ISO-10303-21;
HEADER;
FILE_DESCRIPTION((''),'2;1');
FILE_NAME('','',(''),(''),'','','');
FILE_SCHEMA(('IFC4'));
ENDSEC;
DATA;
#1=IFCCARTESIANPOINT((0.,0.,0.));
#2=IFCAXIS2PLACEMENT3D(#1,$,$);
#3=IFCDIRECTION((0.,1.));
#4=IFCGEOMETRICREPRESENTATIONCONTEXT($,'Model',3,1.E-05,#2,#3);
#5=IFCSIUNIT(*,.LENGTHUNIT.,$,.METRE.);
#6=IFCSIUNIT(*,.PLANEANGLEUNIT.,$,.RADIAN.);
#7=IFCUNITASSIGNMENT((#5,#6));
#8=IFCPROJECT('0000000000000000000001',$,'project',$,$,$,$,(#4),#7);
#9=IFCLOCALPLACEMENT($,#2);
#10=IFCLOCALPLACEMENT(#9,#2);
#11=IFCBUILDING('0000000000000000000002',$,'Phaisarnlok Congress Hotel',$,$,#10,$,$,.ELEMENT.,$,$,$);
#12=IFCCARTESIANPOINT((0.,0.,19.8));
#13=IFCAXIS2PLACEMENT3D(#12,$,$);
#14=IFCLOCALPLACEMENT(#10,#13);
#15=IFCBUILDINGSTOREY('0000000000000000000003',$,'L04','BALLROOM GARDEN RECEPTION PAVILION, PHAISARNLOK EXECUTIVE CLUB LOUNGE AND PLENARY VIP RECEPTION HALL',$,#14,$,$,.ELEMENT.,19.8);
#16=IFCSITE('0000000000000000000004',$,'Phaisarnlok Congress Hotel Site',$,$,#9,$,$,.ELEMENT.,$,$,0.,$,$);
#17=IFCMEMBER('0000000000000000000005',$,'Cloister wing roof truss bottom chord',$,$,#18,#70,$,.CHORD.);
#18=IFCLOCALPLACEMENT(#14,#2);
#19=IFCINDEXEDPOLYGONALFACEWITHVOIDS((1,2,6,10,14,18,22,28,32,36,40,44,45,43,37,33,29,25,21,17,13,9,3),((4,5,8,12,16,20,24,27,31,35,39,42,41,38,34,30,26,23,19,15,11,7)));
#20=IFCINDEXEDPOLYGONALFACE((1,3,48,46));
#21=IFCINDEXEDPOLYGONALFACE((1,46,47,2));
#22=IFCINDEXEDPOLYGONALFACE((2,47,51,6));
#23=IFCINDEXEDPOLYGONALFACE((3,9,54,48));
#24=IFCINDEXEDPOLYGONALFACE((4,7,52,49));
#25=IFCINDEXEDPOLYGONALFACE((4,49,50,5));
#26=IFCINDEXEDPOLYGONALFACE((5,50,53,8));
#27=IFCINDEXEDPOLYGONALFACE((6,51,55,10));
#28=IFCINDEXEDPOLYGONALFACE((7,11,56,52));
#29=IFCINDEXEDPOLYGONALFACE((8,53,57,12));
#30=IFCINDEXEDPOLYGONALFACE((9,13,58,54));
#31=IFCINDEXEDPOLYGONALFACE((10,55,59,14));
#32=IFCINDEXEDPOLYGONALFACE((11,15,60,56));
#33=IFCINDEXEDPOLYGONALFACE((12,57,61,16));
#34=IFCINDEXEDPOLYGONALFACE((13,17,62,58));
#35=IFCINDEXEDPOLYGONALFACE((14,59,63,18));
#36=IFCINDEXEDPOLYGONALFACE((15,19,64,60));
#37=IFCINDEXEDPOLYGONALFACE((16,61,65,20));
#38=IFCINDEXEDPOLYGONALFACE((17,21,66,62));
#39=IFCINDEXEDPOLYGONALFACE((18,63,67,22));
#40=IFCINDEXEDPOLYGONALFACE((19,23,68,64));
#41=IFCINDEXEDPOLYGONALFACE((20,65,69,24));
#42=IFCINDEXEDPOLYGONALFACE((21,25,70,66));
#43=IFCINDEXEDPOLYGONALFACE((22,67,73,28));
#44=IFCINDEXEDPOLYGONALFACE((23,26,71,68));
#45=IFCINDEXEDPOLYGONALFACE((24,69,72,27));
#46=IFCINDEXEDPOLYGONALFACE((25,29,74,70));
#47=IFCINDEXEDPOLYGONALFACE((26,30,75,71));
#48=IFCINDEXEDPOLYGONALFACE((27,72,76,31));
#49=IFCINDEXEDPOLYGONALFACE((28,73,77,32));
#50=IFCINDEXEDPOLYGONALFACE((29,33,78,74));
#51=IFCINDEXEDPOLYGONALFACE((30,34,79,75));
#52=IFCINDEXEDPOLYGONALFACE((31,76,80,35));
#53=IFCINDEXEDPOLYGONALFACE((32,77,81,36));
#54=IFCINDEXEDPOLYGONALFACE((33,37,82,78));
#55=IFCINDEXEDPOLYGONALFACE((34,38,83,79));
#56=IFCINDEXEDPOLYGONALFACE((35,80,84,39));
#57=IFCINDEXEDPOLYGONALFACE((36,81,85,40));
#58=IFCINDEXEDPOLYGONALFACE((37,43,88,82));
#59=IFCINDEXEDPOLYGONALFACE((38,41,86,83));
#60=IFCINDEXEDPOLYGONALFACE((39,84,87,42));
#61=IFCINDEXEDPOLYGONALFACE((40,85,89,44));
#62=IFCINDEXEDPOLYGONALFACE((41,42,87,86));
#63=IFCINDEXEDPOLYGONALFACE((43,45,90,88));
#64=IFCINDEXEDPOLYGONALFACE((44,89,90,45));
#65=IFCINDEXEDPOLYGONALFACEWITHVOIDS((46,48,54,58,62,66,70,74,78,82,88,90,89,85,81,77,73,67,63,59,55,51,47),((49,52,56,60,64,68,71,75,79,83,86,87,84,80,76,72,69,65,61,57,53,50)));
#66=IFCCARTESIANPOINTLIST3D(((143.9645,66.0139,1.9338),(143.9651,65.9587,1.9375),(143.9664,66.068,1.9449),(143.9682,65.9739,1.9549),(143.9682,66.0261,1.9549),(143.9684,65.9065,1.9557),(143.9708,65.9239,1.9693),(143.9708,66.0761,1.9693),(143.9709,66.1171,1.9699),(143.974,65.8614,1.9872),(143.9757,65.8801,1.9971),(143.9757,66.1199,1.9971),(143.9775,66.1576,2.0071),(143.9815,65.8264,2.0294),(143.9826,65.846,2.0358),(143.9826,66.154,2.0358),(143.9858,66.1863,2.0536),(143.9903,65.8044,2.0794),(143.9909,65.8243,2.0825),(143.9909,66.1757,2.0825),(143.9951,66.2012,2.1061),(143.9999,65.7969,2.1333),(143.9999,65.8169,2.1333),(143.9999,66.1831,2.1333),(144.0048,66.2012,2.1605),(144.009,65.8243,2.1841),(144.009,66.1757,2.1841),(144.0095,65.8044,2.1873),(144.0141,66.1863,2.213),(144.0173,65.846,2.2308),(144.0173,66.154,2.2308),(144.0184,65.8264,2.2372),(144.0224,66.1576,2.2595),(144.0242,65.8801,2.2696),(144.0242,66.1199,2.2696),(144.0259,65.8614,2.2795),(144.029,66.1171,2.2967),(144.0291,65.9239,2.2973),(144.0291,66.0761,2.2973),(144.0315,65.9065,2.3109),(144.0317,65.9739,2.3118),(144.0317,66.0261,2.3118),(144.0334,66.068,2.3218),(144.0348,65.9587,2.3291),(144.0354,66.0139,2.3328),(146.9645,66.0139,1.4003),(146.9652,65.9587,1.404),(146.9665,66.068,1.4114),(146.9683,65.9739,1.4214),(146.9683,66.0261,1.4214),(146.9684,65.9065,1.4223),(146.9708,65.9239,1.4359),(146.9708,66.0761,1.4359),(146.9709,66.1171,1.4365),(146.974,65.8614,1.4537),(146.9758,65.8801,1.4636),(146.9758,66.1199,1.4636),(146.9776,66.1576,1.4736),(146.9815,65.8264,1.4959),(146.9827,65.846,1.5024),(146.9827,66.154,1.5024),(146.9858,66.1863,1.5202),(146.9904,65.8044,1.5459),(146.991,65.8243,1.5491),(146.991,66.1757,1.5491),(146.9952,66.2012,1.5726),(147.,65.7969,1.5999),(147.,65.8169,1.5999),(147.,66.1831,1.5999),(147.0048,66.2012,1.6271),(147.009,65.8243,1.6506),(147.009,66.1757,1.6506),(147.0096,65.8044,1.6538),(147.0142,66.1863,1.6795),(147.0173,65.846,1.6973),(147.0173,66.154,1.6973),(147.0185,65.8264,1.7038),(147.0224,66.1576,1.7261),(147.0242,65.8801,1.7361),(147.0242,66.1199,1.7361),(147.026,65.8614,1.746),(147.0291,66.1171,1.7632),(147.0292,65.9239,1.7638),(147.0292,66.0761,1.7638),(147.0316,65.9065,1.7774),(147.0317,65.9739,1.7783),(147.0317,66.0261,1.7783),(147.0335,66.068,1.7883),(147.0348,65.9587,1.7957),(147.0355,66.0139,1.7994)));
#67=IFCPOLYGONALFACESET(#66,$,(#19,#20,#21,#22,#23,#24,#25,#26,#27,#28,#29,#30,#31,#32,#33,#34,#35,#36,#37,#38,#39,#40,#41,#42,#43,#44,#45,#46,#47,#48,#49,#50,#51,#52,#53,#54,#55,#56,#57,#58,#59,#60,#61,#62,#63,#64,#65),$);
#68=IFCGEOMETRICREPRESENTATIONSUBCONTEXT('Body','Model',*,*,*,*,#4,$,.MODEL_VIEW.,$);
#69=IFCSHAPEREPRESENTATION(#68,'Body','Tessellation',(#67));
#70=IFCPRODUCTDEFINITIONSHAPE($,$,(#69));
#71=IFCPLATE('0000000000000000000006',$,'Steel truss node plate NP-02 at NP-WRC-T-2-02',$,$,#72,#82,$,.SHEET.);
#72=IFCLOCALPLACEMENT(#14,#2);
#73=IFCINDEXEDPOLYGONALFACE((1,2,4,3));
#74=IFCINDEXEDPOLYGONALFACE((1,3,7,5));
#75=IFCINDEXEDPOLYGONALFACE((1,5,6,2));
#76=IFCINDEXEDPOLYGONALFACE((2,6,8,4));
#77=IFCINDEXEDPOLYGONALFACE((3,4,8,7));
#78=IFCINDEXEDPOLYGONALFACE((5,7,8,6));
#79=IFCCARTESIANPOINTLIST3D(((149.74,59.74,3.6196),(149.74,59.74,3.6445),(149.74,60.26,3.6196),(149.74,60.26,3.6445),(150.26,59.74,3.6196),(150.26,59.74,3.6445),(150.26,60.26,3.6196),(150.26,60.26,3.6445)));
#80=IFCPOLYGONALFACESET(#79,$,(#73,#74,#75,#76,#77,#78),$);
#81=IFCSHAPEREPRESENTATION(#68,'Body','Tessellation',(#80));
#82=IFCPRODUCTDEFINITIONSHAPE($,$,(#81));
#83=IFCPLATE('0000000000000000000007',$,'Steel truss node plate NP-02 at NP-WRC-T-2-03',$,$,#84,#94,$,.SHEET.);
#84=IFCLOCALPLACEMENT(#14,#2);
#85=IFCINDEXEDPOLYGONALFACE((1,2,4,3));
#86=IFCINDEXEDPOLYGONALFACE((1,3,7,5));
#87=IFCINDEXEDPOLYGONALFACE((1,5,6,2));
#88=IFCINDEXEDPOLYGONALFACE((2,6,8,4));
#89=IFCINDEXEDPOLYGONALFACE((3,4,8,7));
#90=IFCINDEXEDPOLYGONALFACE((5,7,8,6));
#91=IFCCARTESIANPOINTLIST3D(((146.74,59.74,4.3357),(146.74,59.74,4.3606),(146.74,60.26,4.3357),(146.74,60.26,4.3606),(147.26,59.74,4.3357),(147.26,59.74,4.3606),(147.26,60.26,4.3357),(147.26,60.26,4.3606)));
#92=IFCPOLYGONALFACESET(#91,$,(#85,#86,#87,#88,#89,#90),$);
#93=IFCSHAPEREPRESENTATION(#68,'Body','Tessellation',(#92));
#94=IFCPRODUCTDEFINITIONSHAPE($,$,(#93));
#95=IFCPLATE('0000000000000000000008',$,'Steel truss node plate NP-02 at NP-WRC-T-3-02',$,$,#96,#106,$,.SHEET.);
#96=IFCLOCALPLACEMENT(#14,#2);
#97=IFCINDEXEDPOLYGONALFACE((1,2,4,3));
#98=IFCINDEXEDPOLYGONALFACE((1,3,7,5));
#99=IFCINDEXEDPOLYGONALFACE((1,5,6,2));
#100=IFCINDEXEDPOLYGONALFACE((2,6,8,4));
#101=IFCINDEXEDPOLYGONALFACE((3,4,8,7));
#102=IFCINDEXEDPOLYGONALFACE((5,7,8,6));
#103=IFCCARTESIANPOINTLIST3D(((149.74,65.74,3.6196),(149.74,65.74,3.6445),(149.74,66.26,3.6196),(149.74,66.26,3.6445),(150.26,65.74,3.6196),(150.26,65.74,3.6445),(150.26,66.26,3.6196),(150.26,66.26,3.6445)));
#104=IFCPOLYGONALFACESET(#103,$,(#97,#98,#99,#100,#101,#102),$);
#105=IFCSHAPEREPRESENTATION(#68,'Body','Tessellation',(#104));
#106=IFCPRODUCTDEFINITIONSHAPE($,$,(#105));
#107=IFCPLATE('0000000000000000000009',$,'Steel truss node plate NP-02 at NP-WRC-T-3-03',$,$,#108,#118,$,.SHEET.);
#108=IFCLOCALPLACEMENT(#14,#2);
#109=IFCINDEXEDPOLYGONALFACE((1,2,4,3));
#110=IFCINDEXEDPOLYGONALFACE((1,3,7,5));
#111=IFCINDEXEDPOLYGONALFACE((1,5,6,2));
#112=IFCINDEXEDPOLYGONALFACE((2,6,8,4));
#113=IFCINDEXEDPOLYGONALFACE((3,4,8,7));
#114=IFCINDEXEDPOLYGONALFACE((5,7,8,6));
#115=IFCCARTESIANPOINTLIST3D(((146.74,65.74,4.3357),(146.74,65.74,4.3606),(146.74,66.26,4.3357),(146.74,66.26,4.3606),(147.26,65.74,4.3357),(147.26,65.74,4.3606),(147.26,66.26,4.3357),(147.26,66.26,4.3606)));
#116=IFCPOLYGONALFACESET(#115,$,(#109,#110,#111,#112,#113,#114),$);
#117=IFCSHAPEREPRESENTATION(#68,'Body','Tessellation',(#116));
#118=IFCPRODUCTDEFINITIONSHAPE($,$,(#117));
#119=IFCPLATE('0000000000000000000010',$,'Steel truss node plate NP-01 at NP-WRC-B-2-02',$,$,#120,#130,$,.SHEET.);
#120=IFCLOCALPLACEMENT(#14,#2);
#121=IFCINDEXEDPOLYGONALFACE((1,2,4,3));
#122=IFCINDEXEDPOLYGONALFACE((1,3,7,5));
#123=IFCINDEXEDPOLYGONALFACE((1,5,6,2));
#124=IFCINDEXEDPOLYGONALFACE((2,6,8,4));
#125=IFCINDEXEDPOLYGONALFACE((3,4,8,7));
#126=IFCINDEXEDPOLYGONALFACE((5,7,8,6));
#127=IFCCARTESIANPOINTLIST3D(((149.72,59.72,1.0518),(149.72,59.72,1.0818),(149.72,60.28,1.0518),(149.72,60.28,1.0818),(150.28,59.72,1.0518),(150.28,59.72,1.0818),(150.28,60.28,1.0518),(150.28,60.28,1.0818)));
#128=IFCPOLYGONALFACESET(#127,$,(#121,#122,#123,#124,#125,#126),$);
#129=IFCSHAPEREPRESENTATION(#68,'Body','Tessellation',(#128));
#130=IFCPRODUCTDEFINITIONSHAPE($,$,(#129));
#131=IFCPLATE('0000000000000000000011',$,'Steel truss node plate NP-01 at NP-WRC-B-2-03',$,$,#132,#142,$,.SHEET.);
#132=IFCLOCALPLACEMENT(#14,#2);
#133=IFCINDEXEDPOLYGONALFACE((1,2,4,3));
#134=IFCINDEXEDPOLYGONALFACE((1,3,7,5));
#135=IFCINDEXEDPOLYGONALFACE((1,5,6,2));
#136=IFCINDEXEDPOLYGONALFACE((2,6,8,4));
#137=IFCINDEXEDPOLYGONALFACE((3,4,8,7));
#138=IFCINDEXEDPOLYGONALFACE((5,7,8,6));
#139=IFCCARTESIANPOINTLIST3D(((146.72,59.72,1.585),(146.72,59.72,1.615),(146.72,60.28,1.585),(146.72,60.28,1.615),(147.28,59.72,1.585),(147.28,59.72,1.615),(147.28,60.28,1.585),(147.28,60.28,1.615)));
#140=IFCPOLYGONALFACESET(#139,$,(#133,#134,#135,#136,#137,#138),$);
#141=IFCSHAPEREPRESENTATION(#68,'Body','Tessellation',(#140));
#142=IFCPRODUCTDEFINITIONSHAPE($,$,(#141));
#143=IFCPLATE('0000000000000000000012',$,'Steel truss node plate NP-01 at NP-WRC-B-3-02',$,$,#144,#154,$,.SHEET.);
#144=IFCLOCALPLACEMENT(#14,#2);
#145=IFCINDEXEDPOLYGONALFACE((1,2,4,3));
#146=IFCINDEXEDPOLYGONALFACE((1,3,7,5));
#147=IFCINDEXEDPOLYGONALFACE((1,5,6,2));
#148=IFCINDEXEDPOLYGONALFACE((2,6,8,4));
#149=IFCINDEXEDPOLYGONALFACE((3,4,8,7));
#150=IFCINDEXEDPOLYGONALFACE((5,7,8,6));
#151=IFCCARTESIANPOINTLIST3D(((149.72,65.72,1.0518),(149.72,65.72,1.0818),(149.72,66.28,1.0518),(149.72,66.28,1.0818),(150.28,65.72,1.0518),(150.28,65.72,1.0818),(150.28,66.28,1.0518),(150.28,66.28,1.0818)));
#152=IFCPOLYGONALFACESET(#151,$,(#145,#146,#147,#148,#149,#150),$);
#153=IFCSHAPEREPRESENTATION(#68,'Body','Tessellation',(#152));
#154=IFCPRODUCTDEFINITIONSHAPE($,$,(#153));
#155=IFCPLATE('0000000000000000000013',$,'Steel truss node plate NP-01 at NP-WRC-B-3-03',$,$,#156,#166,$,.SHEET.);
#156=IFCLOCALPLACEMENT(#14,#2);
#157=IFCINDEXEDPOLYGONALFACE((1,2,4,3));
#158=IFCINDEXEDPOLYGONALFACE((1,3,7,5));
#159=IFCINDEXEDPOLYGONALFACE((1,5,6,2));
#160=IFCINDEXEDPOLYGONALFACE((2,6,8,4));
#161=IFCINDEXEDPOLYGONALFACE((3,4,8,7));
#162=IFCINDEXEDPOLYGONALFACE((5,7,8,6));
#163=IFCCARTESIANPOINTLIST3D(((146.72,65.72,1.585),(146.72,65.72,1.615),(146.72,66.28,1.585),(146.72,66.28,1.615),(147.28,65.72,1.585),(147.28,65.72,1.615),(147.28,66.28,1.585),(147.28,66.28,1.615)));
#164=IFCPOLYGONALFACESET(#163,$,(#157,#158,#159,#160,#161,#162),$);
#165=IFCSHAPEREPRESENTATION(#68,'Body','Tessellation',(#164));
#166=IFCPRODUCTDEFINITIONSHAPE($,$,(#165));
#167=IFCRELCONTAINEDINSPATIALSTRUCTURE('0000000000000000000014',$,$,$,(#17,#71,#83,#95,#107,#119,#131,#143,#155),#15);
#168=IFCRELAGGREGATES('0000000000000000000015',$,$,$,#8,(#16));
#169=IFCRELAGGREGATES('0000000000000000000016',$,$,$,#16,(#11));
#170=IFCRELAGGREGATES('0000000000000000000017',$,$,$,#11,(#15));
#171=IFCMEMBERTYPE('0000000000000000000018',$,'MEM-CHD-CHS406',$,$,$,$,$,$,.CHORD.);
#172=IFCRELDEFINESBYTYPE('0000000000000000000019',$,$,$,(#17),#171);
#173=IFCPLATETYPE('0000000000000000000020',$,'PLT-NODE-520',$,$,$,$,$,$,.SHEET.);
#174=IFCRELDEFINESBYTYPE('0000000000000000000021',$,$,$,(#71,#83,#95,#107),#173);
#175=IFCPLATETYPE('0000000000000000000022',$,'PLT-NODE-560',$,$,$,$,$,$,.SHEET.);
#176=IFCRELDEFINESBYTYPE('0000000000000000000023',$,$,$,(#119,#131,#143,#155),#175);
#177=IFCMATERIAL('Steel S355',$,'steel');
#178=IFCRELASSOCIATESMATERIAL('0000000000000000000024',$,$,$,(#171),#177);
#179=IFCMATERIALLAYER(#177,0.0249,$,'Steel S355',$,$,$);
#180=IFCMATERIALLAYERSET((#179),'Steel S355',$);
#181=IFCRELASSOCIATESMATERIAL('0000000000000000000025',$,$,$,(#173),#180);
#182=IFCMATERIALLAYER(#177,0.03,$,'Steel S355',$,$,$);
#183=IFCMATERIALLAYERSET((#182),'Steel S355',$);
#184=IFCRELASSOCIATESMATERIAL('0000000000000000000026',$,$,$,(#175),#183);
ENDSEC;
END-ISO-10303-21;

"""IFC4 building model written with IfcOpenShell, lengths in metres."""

from ifc_helpers import new_model, si_unit, direction, frame, origin, origin_2d, place, context, subcontext, project, spatial, rectangle, hollow_circle, extrude, material, layer, layer_set, material_profile, profile_set, type_object, element, save


model = new_model("IFC4")

# Units and contexts
model_context = context("Model", 3, precision=1e-05, world=origin(), true_north=direction((0.0, 1.0)))
body_context = subcontext(model_context, "Body", "Model", "MODEL_VIEW")
ifc_project = project(units=[si_unit("LENGTHUNIT", "METRE"), si_unit("PLANEANGLEUNIT", "RADIAN")], contexts=[model_context])

# Site, building, storey
site_placement = place(None, origin())
site = spatial("IfcSite", under=ifc_project, at=site_placement, Name="Phaisarnlok Congress Hotel Site", CompositionType="ELEMENT", RefElevation=0.0)
building_placement = place(site_placement, origin())
building = spatial("IfcBuilding", under=site, at=building_placement, Name="Phaisarnlok Congress Hotel", CompositionType="ELEMENT")
storey_placement = place(building_placement, frame((0.0, 0.0, 19.8)))
storey = spatial("IfcBuildingStorey", under=building, at=storey_placement, Name="L04", Description="BALLROOM GARDEN RECEPTION PAVILION, PHAISARNLOK EXECUTIVE CLUB LOUNGE AND PLENARY VIP RECEPTION HALL", CompositionType="ELEMENT", Elevation=19.8)

# Shared definitions
ifc_material = material(Name="Steel S355", Category="steel")

# Member
ifc_material_profile_1 = material_profile(ifc_material, hollow_circle(Radius=0.2031, WallThickness=0.02, at=origin_2d()), Name="CHS 406.4x20")
ifc_profile_set_1 = profile_set([ifc_material_profile_1], Name="Steel S355")
member_type_1 = type_object("IfcMemberType", Name="MEM-CHD-CHS406", PredefinedType="CHORD", material=ifc_profile_set_1)
for number, where, z_axis, x_axis, name in (
    (1, (147.0, 66.0, 1.5999), (-0.984556, 0.0, 0.17507), (0.0, -1.0, 0.0), "Cloister wing roof truss bottom chord"),
):
    element("IfcMember", number, at=place(storey_placement, frame(where, z_axis=z_axis, x_axis=x_axis)), inside=storey, type_object=member_type_1, Name=name, PredefinedType="CHORD", context=body_context, shape_type="SweptSolid", body=[
        extrude(hollow_circle(Radius=0.2031, WallThickness=0.02, at=origin_2d()), origin(), (0.0, 0.0, 1.0), 3.0471),
    ])

# Plates
ifc_layer_1 = layer(ifc_material, 0.0249, Name="Steel S355")
ifc_layer_set_1 = layer_set([ifc_layer_1], Name="Steel S355")
plate_type_1 = type_object("IfcPlateType", Name="PLT-NODE-520", PredefinedType="SHEET", material=ifc_layer_set_1)
for number, where, z_axis, x_axis, name in (
    (2, (150.0, 60.0, 3.6196), (0.0, 0.0, 1.0), (1.0, 0.0, 0.0), "Steel truss node plate NP-02 at NP-WRC-T-2-02"),
    (3, (147.0, 60.0, 4.3357), (0.0, 0.0, 1.0), (1.0, 0.0, 0.0), "Steel truss node plate NP-02 at NP-WRC-T-2-03"),
    (4, (150.0, 66.0, 3.6196), (0.0, 0.0, 1.0), (1.0, 0.0, 0.0), "Steel truss node plate NP-02 at NP-WRC-T-3-02"),
    (5, (147.0, 66.0, 4.3357), (0.0, 0.0, 1.0), (1.0, 0.0, 0.0), "Steel truss node plate NP-02 at NP-WRC-T-3-03"),
):
    element("IfcPlate", number, at=place(storey_placement, frame(where, z_axis=z_axis, x_axis=x_axis)), inside=storey, type_object=plate_type_1, Name=name, PredefinedType="SHEET", context=body_context, shape_type="SweptSolid", body=[
        extrude(rectangle(XDim=0.52, YDim=0.52, at=origin_2d()), origin(), (0.0, 0.0, 1.0), 0.0249),
    ])
ifc_layer_2 = layer(ifc_material, 0.03, Name="Steel S355")
ifc_layer_set_2 = layer_set([ifc_layer_2], Name="Steel S355")
plate_type_2 = type_object("IfcPlateType", Name="PLT-NODE-560", PredefinedType="SHEET", material=ifc_layer_set_2)
for number, where, z_axis, x_axis, name in (
    (6, (150.0, 60.0, 1.0518), (0.0, 0.0, 1.0), (1.0, 0.0, 0.0), "Steel truss node plate NP-01 at NP-WRC-B-2-02"),
    (7, (147.0, 60.0, 1.585), (0.0, 0.0, 1.0), (1.0, 0.0, 0.0), "Steel truss node plate NP-01 at NP-WRC-B-2-03"),
    (8, (150.0, 66.0, 1.0518), (0.0, 0.0, 1.0), (1.0, 0.0, 0.0), "Steel truss node plate NP-01 at NP-WRC-B-3-02"),
    (9, (147.0, 66.0, 1.585), (0.0, 0.0, 1.0), (1.0, 0.0, 0.0), "Steel truss node plate NP-01 at NP-WRC-B-3-03"),
):
    element("IfcPlate", number, at=place(storey_placement, frame(where, z_axis=z_axis, x_axis=x_axis)), inside=storey, type_object=plate_type_2, Name=name, PredefinedType="SHEET", context=body_context, shape_type="SweptSolid", body=[
        extrude(rectangle(XDim=0.5601, YDim=0.5601, at=origin_2d()), origin(), (0.0, 0.0, 1.0), 0.03),
    ])

save(model, "model.ifc")
